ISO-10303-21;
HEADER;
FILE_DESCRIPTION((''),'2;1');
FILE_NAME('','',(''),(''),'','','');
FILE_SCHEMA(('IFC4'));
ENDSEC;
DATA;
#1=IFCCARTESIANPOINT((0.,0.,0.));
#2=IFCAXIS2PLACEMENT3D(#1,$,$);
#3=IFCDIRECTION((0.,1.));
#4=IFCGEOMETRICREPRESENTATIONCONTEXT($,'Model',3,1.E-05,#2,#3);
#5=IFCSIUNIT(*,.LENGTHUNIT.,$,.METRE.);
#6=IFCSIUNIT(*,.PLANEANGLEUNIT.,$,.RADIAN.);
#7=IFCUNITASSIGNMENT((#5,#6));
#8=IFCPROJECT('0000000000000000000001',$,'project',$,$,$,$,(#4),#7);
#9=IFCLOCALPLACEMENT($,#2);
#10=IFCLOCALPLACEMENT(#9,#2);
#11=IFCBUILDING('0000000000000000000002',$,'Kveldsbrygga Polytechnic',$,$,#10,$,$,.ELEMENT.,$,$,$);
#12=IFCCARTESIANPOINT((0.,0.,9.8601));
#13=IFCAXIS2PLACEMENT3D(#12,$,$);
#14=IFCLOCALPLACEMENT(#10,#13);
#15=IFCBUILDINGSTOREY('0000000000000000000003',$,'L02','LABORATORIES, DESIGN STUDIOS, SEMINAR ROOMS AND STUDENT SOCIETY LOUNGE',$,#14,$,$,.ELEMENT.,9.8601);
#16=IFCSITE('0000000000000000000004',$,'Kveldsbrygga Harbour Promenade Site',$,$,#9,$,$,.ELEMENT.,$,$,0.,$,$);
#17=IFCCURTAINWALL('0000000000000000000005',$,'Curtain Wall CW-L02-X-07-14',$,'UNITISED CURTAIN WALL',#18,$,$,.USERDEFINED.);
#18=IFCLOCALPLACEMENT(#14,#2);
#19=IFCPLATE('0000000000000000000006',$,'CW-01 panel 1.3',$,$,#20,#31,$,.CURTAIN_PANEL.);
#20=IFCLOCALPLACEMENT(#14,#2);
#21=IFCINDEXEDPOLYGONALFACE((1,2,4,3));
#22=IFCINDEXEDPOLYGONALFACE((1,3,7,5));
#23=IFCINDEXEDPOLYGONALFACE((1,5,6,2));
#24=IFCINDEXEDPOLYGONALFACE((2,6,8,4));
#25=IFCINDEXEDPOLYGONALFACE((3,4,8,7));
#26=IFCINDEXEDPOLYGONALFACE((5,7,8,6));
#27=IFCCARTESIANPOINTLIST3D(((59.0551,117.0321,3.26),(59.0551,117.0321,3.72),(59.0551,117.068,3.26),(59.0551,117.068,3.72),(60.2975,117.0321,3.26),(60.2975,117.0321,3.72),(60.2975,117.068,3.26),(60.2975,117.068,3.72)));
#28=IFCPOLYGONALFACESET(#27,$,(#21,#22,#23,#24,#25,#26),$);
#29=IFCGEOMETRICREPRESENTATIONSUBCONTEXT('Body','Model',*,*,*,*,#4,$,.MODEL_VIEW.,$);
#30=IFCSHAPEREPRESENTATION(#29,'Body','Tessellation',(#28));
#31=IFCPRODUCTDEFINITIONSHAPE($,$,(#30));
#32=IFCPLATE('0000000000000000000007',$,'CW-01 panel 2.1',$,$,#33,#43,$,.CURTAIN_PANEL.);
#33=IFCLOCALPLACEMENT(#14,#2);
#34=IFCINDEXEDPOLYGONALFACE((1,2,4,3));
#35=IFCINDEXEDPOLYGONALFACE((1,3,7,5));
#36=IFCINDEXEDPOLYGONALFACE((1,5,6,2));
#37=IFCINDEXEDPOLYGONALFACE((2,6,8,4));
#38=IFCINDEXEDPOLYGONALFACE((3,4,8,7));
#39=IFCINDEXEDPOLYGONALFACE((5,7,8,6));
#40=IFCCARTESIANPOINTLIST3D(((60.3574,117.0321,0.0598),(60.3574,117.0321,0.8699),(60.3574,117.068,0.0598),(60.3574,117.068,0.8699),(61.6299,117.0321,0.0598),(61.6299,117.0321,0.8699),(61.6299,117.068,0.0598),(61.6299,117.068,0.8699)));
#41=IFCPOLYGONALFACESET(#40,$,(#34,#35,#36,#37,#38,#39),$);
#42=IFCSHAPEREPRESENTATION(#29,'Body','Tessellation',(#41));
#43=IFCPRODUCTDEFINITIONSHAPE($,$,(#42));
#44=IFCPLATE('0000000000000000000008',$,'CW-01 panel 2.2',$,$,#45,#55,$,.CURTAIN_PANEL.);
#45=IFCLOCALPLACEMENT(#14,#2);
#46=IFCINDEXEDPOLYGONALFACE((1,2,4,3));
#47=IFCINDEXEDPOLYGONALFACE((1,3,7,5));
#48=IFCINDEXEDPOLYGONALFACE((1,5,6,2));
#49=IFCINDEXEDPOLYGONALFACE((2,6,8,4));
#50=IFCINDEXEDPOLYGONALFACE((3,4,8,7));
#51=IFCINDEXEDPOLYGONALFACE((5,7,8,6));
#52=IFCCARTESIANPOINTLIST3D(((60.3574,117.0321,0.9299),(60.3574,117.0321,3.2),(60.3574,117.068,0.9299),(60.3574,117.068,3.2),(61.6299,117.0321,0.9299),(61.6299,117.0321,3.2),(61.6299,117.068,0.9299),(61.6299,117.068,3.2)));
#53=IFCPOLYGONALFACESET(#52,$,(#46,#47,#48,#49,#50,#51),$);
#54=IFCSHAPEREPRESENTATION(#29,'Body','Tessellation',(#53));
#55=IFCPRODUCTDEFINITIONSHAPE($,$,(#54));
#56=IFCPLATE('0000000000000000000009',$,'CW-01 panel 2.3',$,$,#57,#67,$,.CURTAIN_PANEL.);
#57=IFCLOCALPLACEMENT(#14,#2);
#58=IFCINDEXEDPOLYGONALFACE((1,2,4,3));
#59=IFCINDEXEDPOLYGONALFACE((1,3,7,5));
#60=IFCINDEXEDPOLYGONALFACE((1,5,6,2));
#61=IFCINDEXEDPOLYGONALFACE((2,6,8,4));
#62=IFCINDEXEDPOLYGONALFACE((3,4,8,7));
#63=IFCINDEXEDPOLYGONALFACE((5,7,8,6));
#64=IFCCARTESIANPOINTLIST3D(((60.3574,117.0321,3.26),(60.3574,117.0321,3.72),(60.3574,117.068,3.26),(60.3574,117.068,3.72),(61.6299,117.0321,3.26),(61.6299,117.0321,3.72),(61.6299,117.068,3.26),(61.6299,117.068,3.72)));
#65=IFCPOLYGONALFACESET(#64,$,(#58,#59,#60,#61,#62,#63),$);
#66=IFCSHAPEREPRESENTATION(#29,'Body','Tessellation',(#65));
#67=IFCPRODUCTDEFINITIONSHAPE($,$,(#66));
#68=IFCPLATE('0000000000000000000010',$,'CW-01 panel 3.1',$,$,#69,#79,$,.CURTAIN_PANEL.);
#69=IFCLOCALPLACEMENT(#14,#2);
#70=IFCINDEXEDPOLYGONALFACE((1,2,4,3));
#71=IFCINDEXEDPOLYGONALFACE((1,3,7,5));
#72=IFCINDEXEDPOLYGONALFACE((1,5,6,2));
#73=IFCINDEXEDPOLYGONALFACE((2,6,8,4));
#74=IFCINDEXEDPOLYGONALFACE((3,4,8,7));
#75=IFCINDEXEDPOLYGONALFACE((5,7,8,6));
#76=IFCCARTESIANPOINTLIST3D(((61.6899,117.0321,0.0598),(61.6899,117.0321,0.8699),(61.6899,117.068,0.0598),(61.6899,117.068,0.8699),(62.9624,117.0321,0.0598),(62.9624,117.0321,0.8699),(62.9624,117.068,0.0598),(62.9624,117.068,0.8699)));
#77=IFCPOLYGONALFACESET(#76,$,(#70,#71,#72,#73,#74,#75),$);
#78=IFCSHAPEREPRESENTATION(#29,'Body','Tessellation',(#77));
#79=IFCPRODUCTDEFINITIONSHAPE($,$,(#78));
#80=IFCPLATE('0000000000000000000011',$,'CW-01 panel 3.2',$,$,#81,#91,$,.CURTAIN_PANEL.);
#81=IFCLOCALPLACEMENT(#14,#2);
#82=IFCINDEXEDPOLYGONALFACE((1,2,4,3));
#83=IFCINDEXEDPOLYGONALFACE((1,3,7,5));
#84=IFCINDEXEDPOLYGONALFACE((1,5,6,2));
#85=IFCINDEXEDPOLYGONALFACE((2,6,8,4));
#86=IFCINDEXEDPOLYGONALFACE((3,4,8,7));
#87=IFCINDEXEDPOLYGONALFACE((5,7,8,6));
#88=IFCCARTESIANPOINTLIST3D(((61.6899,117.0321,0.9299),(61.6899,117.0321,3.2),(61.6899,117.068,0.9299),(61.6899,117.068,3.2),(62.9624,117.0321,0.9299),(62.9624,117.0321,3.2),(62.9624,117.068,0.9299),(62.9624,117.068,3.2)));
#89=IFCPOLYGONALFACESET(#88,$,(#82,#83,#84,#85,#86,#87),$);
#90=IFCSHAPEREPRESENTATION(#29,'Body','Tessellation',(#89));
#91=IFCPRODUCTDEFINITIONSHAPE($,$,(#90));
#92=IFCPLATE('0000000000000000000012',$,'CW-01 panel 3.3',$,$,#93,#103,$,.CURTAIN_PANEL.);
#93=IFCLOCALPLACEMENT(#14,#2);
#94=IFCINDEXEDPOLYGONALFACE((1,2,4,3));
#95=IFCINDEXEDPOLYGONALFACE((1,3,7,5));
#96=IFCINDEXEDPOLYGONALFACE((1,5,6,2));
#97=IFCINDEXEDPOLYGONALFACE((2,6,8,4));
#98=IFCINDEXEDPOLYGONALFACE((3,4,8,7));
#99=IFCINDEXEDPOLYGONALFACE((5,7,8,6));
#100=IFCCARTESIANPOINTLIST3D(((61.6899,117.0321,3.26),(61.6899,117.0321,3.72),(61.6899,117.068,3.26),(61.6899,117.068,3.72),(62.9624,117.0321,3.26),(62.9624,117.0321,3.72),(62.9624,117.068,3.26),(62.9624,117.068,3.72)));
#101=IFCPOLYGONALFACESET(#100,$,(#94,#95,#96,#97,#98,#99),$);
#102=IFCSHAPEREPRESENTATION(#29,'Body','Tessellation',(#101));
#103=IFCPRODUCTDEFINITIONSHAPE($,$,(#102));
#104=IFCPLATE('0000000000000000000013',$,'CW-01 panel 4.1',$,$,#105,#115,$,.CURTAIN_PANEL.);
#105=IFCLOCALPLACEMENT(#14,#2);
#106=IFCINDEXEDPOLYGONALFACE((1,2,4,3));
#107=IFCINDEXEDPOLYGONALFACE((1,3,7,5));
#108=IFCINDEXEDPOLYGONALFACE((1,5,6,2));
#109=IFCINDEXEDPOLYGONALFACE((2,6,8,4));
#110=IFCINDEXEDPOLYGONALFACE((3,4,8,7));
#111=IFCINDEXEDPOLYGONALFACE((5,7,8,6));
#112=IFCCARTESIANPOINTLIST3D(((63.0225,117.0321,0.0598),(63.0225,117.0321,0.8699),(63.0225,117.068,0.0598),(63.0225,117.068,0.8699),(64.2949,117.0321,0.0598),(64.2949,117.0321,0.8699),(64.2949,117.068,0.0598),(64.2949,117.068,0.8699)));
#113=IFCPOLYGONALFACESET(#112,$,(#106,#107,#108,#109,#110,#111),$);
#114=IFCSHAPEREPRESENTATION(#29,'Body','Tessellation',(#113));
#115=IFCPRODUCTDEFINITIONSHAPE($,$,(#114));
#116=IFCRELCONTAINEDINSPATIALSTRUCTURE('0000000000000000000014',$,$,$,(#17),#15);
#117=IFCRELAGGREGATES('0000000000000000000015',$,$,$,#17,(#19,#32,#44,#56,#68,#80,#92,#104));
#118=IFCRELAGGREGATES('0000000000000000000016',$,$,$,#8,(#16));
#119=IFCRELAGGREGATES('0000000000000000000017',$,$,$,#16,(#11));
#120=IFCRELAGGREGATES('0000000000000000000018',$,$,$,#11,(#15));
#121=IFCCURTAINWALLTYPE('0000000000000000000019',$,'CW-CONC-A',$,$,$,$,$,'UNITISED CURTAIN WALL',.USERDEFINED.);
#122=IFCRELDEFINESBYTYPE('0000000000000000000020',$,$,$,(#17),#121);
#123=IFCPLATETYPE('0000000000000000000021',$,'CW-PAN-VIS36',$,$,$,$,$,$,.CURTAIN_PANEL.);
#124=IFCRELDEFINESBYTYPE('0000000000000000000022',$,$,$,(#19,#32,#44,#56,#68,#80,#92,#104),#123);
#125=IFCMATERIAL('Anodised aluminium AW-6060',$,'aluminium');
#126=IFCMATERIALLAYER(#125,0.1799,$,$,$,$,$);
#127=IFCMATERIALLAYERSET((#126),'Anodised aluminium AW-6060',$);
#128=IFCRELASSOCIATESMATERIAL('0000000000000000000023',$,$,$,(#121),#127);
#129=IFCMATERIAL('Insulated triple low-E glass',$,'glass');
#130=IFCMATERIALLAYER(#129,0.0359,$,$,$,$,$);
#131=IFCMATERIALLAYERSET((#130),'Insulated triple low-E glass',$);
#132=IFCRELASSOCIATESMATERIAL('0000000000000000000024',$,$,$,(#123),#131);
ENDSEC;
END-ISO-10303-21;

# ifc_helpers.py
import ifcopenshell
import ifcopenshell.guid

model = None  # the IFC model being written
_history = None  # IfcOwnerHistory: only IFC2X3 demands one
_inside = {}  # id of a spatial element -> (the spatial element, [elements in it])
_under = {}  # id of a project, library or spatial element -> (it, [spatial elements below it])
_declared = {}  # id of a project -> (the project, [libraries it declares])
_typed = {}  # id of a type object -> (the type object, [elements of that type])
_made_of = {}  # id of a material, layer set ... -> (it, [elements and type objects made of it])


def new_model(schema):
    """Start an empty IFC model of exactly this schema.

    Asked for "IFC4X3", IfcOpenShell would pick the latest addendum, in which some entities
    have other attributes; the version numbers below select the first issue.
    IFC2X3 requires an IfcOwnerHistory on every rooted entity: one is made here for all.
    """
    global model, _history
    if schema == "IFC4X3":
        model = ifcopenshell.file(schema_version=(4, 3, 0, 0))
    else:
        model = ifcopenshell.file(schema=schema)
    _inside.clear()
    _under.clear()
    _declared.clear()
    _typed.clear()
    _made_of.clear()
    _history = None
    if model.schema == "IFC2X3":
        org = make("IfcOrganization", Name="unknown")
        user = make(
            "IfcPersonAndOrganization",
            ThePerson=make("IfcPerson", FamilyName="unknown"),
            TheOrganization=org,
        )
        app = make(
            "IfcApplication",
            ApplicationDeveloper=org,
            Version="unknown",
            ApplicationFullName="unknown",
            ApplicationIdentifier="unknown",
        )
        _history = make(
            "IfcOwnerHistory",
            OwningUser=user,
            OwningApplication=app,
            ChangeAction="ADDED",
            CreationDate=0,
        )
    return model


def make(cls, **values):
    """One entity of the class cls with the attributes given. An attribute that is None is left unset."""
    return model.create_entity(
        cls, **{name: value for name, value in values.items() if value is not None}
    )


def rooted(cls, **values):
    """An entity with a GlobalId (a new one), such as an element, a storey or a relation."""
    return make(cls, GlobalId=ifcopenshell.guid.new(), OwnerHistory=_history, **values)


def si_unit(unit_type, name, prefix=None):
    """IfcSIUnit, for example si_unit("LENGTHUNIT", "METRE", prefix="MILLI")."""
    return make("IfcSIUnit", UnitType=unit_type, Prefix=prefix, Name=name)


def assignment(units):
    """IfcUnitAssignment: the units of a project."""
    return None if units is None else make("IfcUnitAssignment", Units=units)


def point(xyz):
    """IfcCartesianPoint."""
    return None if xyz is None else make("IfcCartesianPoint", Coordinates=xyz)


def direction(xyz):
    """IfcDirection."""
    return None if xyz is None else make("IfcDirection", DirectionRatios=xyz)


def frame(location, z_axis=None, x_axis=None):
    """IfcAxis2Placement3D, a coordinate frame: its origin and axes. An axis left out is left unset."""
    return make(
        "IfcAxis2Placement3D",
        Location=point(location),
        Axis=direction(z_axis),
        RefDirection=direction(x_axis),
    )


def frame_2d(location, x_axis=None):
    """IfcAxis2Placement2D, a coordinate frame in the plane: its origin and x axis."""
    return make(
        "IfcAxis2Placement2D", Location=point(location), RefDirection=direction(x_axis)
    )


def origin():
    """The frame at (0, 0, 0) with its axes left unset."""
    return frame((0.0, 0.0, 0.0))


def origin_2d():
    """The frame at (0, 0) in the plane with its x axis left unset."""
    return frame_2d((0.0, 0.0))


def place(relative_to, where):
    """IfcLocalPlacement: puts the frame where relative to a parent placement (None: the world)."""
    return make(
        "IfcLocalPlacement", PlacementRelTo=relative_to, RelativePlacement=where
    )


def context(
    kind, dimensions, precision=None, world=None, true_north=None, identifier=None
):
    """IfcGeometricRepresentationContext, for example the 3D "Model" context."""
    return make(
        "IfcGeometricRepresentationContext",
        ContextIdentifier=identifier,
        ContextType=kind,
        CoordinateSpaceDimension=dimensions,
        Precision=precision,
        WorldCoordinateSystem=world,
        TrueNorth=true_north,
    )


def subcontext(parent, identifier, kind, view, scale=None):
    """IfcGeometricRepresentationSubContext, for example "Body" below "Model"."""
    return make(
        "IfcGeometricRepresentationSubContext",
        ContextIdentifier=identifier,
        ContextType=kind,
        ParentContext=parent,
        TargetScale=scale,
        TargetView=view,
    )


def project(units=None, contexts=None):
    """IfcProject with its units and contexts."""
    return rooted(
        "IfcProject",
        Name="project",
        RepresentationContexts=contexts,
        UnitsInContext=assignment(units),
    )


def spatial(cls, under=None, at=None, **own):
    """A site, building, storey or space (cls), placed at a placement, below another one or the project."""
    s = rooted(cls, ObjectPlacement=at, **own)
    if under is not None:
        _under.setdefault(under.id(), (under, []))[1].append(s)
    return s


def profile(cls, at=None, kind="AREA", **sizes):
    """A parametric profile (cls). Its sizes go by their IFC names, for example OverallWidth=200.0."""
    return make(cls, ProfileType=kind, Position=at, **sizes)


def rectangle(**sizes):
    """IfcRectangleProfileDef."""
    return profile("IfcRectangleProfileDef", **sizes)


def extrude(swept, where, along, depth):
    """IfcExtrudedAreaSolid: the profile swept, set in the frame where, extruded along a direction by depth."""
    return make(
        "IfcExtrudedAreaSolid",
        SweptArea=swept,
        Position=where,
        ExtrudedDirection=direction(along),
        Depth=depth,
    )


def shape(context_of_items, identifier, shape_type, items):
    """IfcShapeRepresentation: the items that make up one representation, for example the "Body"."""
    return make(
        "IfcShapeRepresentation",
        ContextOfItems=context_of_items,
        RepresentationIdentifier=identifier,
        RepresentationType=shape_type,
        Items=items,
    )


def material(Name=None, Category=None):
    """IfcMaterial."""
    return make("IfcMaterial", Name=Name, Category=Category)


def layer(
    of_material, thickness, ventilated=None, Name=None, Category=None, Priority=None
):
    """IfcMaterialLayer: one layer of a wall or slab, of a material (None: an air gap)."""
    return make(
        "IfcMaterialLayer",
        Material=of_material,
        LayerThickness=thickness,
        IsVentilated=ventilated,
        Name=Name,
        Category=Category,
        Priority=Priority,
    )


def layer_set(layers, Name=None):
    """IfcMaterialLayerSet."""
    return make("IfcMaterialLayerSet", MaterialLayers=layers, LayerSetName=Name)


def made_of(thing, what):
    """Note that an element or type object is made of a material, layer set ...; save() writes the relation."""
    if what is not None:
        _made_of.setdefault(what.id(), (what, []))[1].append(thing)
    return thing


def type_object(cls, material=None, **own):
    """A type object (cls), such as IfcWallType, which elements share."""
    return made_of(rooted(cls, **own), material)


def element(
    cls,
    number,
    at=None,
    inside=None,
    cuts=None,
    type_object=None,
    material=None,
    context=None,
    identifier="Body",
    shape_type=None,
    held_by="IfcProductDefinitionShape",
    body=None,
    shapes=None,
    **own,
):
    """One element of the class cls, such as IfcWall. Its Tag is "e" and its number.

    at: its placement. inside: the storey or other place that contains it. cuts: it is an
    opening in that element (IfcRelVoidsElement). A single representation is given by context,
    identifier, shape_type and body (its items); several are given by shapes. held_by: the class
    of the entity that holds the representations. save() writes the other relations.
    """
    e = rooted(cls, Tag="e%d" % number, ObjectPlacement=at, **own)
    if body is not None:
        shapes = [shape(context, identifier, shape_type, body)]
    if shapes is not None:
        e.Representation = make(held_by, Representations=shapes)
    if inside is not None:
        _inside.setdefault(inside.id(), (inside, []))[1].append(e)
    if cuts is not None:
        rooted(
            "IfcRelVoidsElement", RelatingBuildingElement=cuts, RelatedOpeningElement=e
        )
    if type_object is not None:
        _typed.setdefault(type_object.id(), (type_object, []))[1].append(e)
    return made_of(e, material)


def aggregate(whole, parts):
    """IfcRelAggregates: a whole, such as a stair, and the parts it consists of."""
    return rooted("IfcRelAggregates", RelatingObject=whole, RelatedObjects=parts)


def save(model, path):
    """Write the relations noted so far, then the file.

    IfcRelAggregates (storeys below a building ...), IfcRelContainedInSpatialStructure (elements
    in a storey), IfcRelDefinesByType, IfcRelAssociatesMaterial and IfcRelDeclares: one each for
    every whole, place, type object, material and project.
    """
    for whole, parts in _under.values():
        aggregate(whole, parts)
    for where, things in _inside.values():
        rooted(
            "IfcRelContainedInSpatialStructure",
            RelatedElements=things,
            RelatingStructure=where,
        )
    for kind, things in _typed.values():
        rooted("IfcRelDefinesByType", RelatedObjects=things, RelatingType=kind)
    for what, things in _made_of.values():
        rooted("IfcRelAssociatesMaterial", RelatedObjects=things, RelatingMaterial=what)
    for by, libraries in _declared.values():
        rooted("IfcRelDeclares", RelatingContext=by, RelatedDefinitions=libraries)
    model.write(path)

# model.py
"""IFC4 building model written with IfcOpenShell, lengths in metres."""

from ifc_helpers import new_model, si_unit, direction, frame, origin, origin_2d, place, context, subcontext, project, spatial, rectangle, extrude, material, layer, layer_set, type_object, element, aggregate, save


model = new_model("IFC4")

# Units and contexts
model_context = context("Model", 3, precision=1e-05, world=origin(), true_north=direction((0.0, 1.0)))
body_context = subcontext(model_context, "Body", "Model", "MODEL_VIEW")
ifc_project = project(units=[si_unit("LENGTHUNIT", "METRE"), si_unit("PLANEANGLEUNIT", "RADIAN")], contexts=[model_context])

# Site, building, storey
site_placement = place(None, origin())
site = spatial("IfcSite", under=ifc_project, at=site_placement, Name="Kveldsbrygga Harbour Promenade Site", CompositionType="ELEMENT", RefElevation=0.0)
building_placement = place(site_placement, origin())
building = spatial("IfcBuilding", under=site, at=building_placement, Name="Kveldsbrygga Polytechnic", CompositionType="ELEMENT")
storey_placement = place(building_placement, frame((0.0, 0.0, 9.8601)))
storey = spatial("IfcBuildingStorey", under=building, at=storey_placement, Name="L02", Description="LABORATORIES, DESIGN STUDIOS, SEMINAR ROOMS AND STUDENT SOCIETY LOUNGE", CompositionType="ELEMENT", Elevation=9.8601)

# Curtain wall, plates
ifc_material_1 = material(Name="Anodised aluminium AW-6060", Category="aluminium")
ifc_layer_1 = layer(ifc_material_1, 0.1799)
ifc_layer_set_1 = layer_set([ifc_layer_1], Name="Anodised aluminium AW-6060")
curtain_wall_type = type_object("IfcCurtainWallType", Name="CW-CONC-A", ElementType="UNITISED CURTAIN WALL", PredefinedType="USERDEFINED", material=ifc_layer_set_1)
curtain_wall_placement = place(storey_placement, origin())
curtain_wall = element("IfcCurtainWall", 1, at=curtain_wall_placement, inside=storey, type_object=curtain_wall_type, Name="Curtain Wall CW-L02-X-07-14", ObjectType="UNITISED CURTAIN WALL", PredefinedType="USERDEFINED")
ifc_material_2 = material(Name="Insulated triple low-E glass", Category="glass")
ifc_layer_2 = layer(ifc_material_2, 0.0359)
ifc_layer_set_2 = layer_set([ifc_layer_2], Name="Insulated triple low-E glass")
plate_type = type_object("IfcPlateType", Name="CW-PAN-VIS36", PredefinedType="CURTAIN_PANEL", material=ifc_layer_set_2)
plate_1_placement = place(storey_placement, frame((59.6763, 117.05, 3.26), z_axis=(0.0, 0.0, 1.0), x_axis=(1.0, 0.0, 0.0)))
plate_1 = element("IfcPlate", 2, at=plate_1_placement, type_object=plate_type, Name="CW-01 panel 1.3", PredefinedType="CURTAIN_PANEL", context=body_context, shape_type="SweptSolid", body=[
    extrude(rectangle(XDim=1.2424, YDim=0.0359, at=origin_2d()), origin(), (0.0, 0.0, 1.0), 0.46),
])
plate_2_placement = place(storey_placement, frame((60.9937, 117.05, 0.0598), z_axis=(0.0, 0.0, 1.0), x_axis=(1.0, 0.0, 0.0)))
plate_2 = element("IfcPlate", 3, at=plate_2_placement, type_object=plate_type, Name="CW-01 panel 2.1", PredefinedType="CURTAIN_PANEL", context=body_context, shape_type="SweptSolid", body=[
    extrude(rectangle(XDim=1.2725, YDim=0.0359, at=origin_2d()), origin(), (0.0, 0.0, 1.0), 0.8101),
])
plate_3_placement = place(storey_placement, frame((60.9937, 117.05, 0.9299), z_axis=(0.0, 0.0, 1.0), x_axis=(1.0, 0.0, 0.0)))
plate_3 = element("IfcPlate", 4, at=plate_3_placement, type_object=plate_type, Name="CW-01 panel 2.2", PredefinedType="CURTAIN_PANEL", context=body_context, shape_type="SweptSolid", body=[
    extrude(rectangle(XDim=1.2725, YDim=0.0359, at=origin_2d()), origin(), (0.0, 0.0, 1.0), 2.27),
])
plate_4_placement = place(storey_placement, frame((60.9937, 117.05, 3.26), z_axis=(0.0, 0.0, 1.0), x_axis=(1.0, 0.0, 0.0)))
plate_4 = element("IfcPlate", 5, at=plate_4_placement, type_object=plate_type, Name="CW-01 panel 2.3", PredefinedType="CURTAIN_PANEL", context=body_context, shape_type="SweptSolid", body=[
    extrude(rectangle(XDim=1.2725, YDim=0.0359, at=origin_2d()), origin(), (0.0, 0.0, 1.0), 0.46),
])
plate_5_placement = place(storey_placement, frame((62.3262, 117.05, 0.0598), z_axis=(0.0, 0.0, 1.0), x_axis=(1.0, 0.0, 0.0)))
plate_5 = element("IfcPlate", 6, at=plate_5_placement, type_object=plate_type, Name="CW-01 panel 3.1", PredefinedType="CURTAIN_PANEL", context=body_context, shape_type="SweptSolid", body=[
    extrude(rectangle(XDim=1.2725, YDim=0.0359, at=origin_2d()), origin(), (0.0, 0.0, 1.0), 0.8101),
])
plate_6_placement = place(storey_placement, frame((62.3262, 117.05, 0.9299), z_axis=(0.0, 0.0, 1.0), x_axis=(1.0, 0.0, 0.0)))
plate_6 = element("IfcPlate", 7, at=plate_6_placement, type_object=plate_type, Name="CW-01 panel 3.2", PredefinedType="CURTAIN_PANEL", context=body_context, shape_type="SweptSolid", body=[
    extrude(rectangle(XDim=1.2725, YDim=0.0359, at=origin_2d()), origin(), (0.0, 0.0, 1.0), 2.27),
])
plate_7_placement = place(storey_placement, frame((62.3262, 117.05, 3.26), z_axis=(0.0, 0.0, 1.0), x_axis=(1.0, 0.0, 0.0)))
plate_7 = element("IfcPlate", 8, at=plate_7_placement, type_object=plate_type, Name="CW-01 panel 3.3", PredefinedType="CURTAIN_PANEL", context=body_context, shape_type="SweptSolid", body=[
    extrude(rectangle(XDim=1.2725, YDim=0.0359, at=origin_2d()), origin(), (0.0, 0.0, 1.0), 0.46),
])
plate_8_placement = place(storey_placement, frame((63.6587, 117.05, 0.0598), z_axis=(0.0, 0.0, 1.0), x_axis=(1.0, 0.0, 0.0)))
plate_8 = element("IfcPlate", 9, at=plate_8_placement, type_object=plate_type, Name="CW-01 panel 4.1", PredefinedType="CURTAIN_PANEL", context=body_context, shape_type="SweptSolid", body=[
    extrude(rectangle(XDim=1.2725, YDim=0.0359, at=origin_2d()), origin(), (0.0, 0.0, 1.0), 0.8101),
])
aggregate(curtain_wall, [plate_1, plate_2, plate_3, plate_4, plate_5, plate_6, plate_7, plate_8])

save(model, "model.ifc")
